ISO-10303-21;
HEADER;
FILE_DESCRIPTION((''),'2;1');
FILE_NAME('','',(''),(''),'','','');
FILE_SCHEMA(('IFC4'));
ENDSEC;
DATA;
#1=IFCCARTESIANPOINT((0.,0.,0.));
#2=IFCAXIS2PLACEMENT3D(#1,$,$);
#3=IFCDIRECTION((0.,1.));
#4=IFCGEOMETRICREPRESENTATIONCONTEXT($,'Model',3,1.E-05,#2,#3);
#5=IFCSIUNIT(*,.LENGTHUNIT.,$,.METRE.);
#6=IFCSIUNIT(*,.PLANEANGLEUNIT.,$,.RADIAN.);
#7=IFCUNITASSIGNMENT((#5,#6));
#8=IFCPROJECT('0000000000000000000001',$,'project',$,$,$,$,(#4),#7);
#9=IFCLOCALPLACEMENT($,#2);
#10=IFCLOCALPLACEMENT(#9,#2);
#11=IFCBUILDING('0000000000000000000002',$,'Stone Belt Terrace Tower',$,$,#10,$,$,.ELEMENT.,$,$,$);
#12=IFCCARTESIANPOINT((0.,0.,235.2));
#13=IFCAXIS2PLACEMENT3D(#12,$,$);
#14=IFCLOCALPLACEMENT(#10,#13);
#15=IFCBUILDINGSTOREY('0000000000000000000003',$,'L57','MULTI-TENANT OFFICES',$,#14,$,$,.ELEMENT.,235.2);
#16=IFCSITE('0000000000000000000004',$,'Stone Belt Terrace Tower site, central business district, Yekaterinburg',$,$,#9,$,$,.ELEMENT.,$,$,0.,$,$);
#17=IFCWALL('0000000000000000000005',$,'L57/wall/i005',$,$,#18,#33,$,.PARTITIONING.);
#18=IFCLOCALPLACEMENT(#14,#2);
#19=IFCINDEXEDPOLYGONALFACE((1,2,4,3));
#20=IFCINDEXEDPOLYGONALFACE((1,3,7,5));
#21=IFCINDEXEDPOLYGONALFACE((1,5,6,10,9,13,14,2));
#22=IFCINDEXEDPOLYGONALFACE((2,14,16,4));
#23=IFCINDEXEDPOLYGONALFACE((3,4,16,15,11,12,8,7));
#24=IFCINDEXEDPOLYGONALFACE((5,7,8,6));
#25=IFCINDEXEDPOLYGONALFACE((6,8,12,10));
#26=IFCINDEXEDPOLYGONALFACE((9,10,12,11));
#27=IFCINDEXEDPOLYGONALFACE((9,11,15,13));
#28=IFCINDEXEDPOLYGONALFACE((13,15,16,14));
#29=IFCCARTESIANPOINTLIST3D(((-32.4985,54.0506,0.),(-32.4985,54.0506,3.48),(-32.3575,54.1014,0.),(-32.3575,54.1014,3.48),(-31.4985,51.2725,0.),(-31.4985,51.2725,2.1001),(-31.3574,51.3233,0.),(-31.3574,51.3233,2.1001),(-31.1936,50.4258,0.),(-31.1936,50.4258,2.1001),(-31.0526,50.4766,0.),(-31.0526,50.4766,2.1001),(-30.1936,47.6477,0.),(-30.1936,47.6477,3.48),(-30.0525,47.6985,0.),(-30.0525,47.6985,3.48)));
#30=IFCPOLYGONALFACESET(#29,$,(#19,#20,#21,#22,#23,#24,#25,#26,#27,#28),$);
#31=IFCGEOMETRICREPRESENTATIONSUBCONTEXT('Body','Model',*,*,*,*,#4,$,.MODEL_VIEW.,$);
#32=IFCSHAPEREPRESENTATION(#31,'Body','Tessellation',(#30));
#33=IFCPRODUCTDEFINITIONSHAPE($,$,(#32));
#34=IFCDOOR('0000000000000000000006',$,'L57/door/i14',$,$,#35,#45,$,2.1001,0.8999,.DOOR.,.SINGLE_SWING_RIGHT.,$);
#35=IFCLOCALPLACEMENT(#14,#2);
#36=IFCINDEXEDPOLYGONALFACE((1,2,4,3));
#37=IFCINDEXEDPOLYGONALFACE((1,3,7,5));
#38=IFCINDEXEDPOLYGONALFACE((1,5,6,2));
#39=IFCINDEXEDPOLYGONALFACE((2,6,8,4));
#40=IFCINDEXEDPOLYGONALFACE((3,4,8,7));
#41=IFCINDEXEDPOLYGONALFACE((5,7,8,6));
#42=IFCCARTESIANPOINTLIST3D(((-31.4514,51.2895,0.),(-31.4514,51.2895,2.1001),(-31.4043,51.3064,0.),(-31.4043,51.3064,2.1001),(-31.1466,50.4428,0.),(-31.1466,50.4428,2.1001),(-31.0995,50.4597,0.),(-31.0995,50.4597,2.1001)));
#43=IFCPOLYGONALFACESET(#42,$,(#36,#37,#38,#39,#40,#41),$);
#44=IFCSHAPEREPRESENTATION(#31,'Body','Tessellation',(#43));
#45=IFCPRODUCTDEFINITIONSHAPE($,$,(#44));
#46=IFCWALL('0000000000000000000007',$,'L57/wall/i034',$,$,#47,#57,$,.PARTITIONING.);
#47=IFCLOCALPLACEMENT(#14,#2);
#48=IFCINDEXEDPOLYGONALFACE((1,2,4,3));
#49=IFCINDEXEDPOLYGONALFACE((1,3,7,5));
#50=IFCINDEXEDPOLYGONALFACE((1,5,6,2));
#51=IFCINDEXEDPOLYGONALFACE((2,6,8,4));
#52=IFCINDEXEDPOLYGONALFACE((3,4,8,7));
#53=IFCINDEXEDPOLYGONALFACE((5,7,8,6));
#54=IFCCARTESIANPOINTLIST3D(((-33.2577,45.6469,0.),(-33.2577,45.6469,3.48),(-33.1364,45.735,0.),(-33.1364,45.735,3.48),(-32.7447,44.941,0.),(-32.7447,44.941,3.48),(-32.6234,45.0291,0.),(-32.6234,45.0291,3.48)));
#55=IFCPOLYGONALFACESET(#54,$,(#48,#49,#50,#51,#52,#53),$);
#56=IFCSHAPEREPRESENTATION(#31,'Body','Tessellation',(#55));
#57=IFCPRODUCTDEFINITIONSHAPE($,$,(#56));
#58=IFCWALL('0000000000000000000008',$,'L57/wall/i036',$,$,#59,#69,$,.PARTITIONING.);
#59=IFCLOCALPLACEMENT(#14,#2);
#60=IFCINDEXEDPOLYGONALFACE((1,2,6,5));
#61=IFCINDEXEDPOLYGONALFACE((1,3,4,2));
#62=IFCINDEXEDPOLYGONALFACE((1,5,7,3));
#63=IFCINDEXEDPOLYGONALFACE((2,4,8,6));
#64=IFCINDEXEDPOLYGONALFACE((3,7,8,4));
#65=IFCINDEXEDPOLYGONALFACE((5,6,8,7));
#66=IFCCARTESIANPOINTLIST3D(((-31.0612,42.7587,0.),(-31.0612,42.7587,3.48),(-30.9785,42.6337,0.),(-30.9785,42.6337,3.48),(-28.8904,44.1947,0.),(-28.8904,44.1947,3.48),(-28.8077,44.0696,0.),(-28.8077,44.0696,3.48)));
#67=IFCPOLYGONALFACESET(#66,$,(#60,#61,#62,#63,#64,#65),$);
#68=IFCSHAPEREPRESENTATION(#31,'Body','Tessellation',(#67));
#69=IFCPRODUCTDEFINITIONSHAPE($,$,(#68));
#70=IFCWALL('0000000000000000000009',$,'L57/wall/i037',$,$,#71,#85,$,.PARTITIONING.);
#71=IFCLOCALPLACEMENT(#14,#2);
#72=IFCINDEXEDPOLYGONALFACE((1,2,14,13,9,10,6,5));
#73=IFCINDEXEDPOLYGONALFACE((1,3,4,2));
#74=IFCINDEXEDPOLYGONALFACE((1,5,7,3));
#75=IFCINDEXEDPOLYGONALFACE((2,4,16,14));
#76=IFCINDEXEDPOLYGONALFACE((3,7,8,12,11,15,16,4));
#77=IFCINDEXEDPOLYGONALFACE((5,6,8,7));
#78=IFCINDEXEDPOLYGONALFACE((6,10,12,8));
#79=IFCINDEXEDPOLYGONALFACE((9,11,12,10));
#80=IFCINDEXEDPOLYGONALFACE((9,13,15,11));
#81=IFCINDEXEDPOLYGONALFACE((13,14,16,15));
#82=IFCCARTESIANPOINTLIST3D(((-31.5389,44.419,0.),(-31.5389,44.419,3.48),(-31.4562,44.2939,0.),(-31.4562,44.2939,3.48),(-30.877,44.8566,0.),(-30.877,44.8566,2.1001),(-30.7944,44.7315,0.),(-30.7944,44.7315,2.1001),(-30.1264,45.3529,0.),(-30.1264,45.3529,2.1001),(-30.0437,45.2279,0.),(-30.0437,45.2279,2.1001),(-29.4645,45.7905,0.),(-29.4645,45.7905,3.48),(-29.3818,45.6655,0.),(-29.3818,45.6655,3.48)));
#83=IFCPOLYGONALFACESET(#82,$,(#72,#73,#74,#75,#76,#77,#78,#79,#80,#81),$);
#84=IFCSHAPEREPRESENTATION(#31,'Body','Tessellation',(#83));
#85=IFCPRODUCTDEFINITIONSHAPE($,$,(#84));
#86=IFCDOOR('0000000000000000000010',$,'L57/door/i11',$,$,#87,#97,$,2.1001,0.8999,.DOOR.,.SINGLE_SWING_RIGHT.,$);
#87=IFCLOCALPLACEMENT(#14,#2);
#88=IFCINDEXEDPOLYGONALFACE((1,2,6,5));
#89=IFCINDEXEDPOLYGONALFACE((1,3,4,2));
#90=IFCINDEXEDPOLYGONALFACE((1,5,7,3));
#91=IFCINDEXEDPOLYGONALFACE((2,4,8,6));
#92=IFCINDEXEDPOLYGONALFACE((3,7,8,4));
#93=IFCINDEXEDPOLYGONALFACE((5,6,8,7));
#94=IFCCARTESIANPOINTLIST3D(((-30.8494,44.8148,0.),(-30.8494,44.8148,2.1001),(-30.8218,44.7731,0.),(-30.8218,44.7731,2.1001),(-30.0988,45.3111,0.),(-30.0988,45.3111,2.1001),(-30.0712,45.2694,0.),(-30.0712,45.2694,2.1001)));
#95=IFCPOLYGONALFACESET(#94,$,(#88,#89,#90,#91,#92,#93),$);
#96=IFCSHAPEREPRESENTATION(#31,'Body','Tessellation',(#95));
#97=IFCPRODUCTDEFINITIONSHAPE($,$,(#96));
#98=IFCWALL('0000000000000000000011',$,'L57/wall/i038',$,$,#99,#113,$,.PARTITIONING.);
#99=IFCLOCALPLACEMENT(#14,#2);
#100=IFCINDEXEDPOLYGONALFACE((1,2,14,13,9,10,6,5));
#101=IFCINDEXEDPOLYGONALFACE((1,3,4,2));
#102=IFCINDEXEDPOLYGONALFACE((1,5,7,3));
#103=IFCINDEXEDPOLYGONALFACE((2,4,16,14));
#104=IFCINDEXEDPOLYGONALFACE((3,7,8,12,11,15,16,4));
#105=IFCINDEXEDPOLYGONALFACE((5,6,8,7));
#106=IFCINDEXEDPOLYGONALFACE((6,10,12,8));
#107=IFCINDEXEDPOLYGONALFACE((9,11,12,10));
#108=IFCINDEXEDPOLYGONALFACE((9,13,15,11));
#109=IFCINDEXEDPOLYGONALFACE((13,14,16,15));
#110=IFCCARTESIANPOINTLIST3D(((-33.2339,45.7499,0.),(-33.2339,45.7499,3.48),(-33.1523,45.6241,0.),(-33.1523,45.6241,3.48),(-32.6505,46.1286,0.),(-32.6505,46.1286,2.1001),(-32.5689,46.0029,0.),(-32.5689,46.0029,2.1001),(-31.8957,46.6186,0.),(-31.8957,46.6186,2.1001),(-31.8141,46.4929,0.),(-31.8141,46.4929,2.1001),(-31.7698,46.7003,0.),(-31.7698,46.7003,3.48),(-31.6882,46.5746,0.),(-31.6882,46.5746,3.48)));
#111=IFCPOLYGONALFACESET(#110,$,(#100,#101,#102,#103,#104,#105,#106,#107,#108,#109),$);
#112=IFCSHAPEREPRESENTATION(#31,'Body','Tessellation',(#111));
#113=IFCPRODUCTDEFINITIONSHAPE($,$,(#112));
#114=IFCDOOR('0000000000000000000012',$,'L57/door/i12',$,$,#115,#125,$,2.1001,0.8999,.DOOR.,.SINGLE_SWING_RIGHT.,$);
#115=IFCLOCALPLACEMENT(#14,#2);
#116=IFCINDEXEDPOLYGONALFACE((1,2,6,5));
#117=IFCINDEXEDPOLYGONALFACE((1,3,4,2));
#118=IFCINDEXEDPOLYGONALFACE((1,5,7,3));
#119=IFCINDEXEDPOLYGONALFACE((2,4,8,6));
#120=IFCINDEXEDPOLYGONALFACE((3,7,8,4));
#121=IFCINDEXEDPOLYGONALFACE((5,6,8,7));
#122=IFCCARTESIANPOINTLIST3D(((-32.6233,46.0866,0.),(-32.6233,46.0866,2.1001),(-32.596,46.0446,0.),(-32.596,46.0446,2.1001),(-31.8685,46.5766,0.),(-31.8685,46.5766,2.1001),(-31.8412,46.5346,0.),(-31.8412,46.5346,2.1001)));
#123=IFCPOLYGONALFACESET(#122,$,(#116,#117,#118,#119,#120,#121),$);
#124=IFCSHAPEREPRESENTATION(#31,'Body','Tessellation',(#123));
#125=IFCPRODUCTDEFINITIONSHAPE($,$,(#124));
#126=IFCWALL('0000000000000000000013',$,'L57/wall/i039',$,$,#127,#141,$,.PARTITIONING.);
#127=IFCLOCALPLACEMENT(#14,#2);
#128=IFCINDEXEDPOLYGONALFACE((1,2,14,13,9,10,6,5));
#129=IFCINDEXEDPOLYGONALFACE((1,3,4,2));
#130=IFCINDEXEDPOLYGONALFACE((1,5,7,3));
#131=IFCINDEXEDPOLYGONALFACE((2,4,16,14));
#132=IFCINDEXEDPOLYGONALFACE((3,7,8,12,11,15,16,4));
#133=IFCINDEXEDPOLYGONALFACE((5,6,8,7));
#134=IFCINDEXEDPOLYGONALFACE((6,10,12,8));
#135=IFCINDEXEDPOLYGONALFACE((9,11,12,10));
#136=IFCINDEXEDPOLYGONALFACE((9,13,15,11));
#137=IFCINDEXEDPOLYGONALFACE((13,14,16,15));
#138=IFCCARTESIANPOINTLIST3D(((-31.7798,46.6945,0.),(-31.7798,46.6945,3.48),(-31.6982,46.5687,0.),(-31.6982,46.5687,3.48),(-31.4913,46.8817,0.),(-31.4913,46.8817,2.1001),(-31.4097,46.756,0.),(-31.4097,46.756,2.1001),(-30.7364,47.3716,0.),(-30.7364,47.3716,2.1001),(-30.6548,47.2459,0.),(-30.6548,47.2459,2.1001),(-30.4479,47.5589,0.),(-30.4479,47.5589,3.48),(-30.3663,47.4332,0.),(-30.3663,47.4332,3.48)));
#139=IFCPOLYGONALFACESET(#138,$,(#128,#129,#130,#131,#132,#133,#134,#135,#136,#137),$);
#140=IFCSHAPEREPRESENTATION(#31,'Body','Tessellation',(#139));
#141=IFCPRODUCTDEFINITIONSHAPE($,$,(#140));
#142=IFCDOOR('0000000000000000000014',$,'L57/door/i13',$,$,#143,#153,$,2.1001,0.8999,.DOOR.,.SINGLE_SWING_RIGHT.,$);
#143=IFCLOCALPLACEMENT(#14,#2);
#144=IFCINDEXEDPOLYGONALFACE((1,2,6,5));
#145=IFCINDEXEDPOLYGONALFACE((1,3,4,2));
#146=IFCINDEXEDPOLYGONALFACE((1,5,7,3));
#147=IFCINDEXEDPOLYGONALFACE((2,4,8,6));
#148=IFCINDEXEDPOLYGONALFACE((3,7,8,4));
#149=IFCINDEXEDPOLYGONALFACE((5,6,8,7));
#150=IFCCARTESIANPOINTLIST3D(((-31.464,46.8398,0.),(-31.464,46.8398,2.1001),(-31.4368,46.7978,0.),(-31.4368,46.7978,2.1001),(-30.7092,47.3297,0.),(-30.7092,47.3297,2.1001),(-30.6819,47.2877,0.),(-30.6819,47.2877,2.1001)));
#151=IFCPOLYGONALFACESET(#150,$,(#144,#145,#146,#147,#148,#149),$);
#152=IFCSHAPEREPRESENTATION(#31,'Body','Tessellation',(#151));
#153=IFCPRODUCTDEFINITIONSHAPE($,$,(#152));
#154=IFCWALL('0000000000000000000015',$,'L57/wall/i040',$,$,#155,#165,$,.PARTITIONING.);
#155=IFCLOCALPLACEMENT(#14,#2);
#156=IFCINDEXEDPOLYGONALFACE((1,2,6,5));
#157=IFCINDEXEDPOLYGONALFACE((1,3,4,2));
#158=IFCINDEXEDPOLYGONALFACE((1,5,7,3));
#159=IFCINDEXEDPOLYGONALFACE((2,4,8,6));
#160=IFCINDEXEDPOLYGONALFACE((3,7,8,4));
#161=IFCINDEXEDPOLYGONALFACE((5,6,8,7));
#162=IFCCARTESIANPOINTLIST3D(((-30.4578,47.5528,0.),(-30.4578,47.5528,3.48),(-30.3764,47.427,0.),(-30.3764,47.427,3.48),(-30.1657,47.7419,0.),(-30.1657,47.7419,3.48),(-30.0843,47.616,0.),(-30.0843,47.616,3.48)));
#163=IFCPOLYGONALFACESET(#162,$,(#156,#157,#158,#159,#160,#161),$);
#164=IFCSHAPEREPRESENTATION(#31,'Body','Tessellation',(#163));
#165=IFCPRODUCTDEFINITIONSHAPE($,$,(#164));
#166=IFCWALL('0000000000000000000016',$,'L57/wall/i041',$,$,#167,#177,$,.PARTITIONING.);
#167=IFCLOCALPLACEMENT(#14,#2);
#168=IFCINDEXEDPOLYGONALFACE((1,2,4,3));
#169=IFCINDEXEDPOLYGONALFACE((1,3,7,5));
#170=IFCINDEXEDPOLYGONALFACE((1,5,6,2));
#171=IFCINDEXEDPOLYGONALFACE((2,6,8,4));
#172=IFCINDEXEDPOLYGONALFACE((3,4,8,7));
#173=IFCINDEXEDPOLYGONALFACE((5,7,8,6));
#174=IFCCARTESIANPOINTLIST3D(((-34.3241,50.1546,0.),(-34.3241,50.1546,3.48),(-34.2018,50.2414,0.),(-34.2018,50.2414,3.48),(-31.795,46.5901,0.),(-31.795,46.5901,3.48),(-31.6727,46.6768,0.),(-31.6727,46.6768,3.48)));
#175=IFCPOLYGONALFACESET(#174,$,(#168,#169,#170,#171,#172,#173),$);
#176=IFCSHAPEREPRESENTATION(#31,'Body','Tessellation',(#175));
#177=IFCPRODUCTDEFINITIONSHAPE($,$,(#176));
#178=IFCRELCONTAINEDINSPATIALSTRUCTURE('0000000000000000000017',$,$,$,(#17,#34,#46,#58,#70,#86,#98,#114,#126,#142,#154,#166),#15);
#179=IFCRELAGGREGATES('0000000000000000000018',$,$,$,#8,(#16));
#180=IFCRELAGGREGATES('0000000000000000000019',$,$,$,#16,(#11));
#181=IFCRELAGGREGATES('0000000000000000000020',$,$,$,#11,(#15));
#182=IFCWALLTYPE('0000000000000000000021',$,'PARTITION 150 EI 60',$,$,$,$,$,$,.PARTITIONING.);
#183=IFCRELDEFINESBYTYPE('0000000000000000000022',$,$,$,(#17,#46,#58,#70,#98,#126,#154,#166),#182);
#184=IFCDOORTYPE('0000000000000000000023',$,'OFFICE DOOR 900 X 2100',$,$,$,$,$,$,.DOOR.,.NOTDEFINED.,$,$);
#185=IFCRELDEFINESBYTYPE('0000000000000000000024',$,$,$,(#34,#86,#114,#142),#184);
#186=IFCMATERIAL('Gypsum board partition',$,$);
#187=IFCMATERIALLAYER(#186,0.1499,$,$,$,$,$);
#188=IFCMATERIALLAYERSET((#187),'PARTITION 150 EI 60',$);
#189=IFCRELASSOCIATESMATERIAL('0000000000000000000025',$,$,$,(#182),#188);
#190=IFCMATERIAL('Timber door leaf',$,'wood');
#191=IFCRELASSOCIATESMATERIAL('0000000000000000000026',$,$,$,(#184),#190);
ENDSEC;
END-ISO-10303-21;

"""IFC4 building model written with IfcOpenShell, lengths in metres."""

from ifc_helpers import new_model, si_unit, direction, frame, frame_2d, origin, place, context, subcontext, project, spatial, rectangle, extrude, material, layer, layer_set, type_object, element, fill, save


model = new_model("IFC4")

# Units and contexts
model_context = context("Model", 3, precision=1e-05, world=origin(), true_north=direction((0.0, 1.0)))
body_context = subcontext(model_context, "Body", "Model", "MODEL_VIEW")
ifc_project = project(units=[si_unit("LENGTHUNIT", "METRE"), si_unit("PLANEANGLEUNIT", "RADIAN")], contexts=[model_context])

# Site, building, storey
site_placement = place(None, origin())
site = spatial("IfcSite", under=ifc_project, at=site_placement, Name="Stone Belt Terrace Tower site, central business district, Yekaterinburg", CompositionType="ELEMENT", RefElevation=0.0)
building_placement = place(site_placement, origin())
building = spatial("IfcBuilding", under=site, at=building_placement, Name="Stone Belt Terrace Tower", CompositionType="ELEMENT")
storey_placement = place(building_placement, frame((0.0, 0.0, 235.2)))
storey = spatial("IfcBuildingStorey", under=building, at=storey_placement, Name="L57", Description="MULTI-TENANT OFFICES", CompositionType="ELEMENT", Elevation=235.2)

# Shared definitions
ifc_material_1 = material(Name="Gypsum board partition")
ifc_layer_1 = layer(ifc_material_1, 0.1499)
ifc_layer_set_1 = layer_set([ifc_layer_1], Name="PARTITION 150 EI 60")
wall_type_1 = type_object("IfcWallType", Name="PARTITION 150 EI 60", PredefinedType="PARTITIONING", material=ifc_layer_set_1)

# Wall, opening, door
wall_1_placement = place(storey_placement, frame((-30.123, 47.6731, 0.0), z_axis=(0.0, 0.0, 1.0), x_axis=(-0.338708, 0.940892, 0.0)))
wall_1 = element("IfcWall", 1, at=wall_1_placement, inside=storey, type_object=wall_type_1, Name="L57/wall/i005", PredefinedType="PARTITIONING", context=body_context, shape_type="SweptSolid", body=[
    extrude(rectangle(XDim=6.8052, YDim=0.1499, at=frame_2d((3.4026, 0.0))), origin(), (0.0, 0.0, 1.0), 3.48),
])
opening_1_placement = place(wall_1_placement, frame((2.9526, 0.0, 0.0)))
opening_1 = element("IfcOpeningElement", 2, at=opening_1_placement, cuts=wall_1, PredefinedType="OPENING", context=body_context, shape_type="SweptSolid", body=[
    extrude(rectangle(XDim=0.8999, YDim=2.1001, at=frame_2d((0.45, 1.05))), frame((0.0, 0.085, 0.0), z_axis=(0.0, -1.0, 0.0), x_axis=(1.0, 0.0, 0.0)), (0.0, 0.0, 1.0), 0.1699),
])
ifc_material_2 = material(Name="Timber door leaf", Category="wood")
door_type = type_object("IfcDoorType", Name="OFFICE DOOR 900 X 2100", OperationType="NOTDEFINED", PredefinedType="DOOR", material=ifc_material_2)
door_1_placement = place(opening_1_placement, origin())
door_1 = element("IfcDoor", 3, at=door_1_placement, inside=storey, type_object=door_type, Name="L57/door/i14", OperationType="SINGLE_SWING_RIGHT", OverallHeight=2.1001, OverallWidth=0.8999, PredefinedType="DOOR", context=body_context, shape_type="SweptSolid", body=[
    extrude(rectangle(XDim=0.8999, YDim=2.1001, at=frame_2d((0.45, 1.05))), frame((0.0, 0.0249, 0.0), z_axis=(0.0, -1.0, 0.0), x_axis=(1.0, 0.0, 0.0)), (0.0, 0.0, 1.0), 0.05),
])
fill(opening_1, door_1)

# Walls
wall_2_placement = place(storey_placement, frame((-33.197, 45.6909, 0.0), z_axis=(0.0, 0.0, 1.0), x_axis=(0.587889, -0.808942, 0.0)))
element("IfcWall", 4, at=wall_2_placement, inside=storey, type_object=wall_type_1, Name="L57/wall/i034", PredefinedType="PARTITIONING", context=body_context, shape_type="SweptSolid", body=[
    extrude(rectangle(XDim=0.8726, YDim=0.1499, at=frame_2d((0.4363, 0.0))), origin(), (0.0, 0.0, 1.0), 3.48),
])
wall_3_placement = place(storey_placement, frame((-28.8491, 44.1321, 0.0), z_axis=(0.0, 0.0, 1.0), x_axis=(-0.834036, -0.55171, 0.0)))
element("IfcWall", 5, at=wall_3_placement, inside=storey, type_object=wall_type_1, Name="L57/wall/i036", PredefinedType="PARTITIONING", context=body_context, shape_type="SweptSolid", body=[
    extrude(rectangle(XDim=2.6028, YDim=0.1499, at=frame_2d((1.3013, 0.0))), origin(), (0.0, 0.0, 1.0), 3.48),
])

# Walls, openings, doors
wall_4_placement = place(storey_placement, frame((-31.4976, 44.3564, 0.0), z_axis=(0.0, 0.0, 1.0), x_axis=(0.834159, 0.551524, 0.0)))
wall_4 = element("IfcWall", 6, at=wall_4_placement, inside=storey, type_object=wall_type_1, Name="L57/wall/i037", PredefinedType="PARTITIONING", context=body_context, shape_type="SweptSolid", body=[
    extrude(rectangle(XDim=2.4868, YDim=0.1499, at=frame_2d((1.2434, 0.0))), origin(), (0.0, 0.0, 1.0), 3.48),
])
opening_2_placement = place(wall_4_placement, frame((0.7935, 0.0, 0.0)))
opening_2 = element("IfcOpeningElement", 7, at=opening_2_placement, cuts=wall_4, PredefinedType="OPENING", context=body_context, shape_type="SweptSolid", body=[
    extrude(rectangle(XDim=0.8999, YDim=2.1001, at=frame_2d((0.45, 1.05))), frame((0.0, 0.085, 0.0), z_axis=(0.0, -1.0, 0.0), x_axis=(1.0, 0.0, 0.0)), (0.0, 0.0, 1.0), 0.1699),
])
door_2_placement = place(opening_2_placement, origin())
door_2 = element("IfcDoor", 8, at=door_2_placement, inside=storey, type_object=door_type, Name="L57/door/i11", OperationType="SINGLE_SWING_RIGHT", OverallHeight=2.1001, OverallWidth=0.8999, PredefinedType="DOOR", context=body_context, shape_type="SweptSolid", body=[
    extrude(rectangle(XDim=0.8999, YDim=2.1001, at=frame_2d((0.45, 1.05))), frame((0.0, 0.0249, 0.0), z_axis=(0.0, -1.0, 0.0), x_axis=(1.0, 0.0, 0.0)), (0.0, 0.0, 1.0), 0.05),
])
fill(opening_2, door_2)
wall_5_placement = place(storey_placement, frame((-33.1931, 45.687, 0.0), z_axis=(0.0, 0.0, 1.0), x_axis=(0.838766, 0.544492, 0.0)))
wall_5 = element("IfcWall", 9, at=wall_5_placement, inside=storey, type_object=wall_type_1, Name="L57/wall/i038", PredefinedType="PARTITIONING", context=body_context, shape_type="SweptSolid", body=[
    extrude(rectangle(XDim=1.7456, YDim=0.1499, at=frame_2d((0.8728, 0.0))), origin(), (0.0, 0.0, 1.0), 3.48),
])
opening_3_placement = place(wall_5_placement, frame((0.6956, 0.0, 0.0)))
opening_3 = element("IfcOpeningElement", 10, at=opening_3_placement, cuts=wall_5, PredefinedType="OPENING", context=body_context, shape_type="SweptSolid", body=[
    extrude(rectangle(XDim=0.8999, YDim=2.1001, at=frame_2d((0.45, 1.05))), frame((0.0, 0.085, 0.0), z_axis=(0.0, -1.0, 0.0), x_axis=(1.0, 0.0, 0.0)), (0.0, 0.0, 1.0), 0.1699),
])
door_3_placement = place(opening_3_placement, origin())
door_3 = element("IfcDoor", 11, at=door_3_placement, inside=storey, type_object=door_type, Name="L57/door/i12", OperationType="SINGLE_SWING_RIGHT", OverallHeight=2.1001, OverallWidth=0.8999, PredefinedType="DOOR", context=body_context, shape_type="SweptSolid", body=[
    extrude(rectangle(XDim=0.8999, YDim=2.1001, at=frame_2d((0.45, 1.05))), frame((0.0, 0.0249, 0.0), z_axis=(0.0, -1.0, 0.0), x_axis=(1.0, 0.0, 0.0)), (0.0, 0.0, 1.0), 0.05),
])
fill(opening_3, door_3)
wall_6_placement = place(storey_placement, frame((-31.739, 46.6316, 0.0), z_axis=(0.0, 0.0, 1.0), x_axis=(0.838823, 0.544405, 0.0)))
wall_6 = element("IfcWall", 12, at=wall_6_placement, inside=storey, type_object=wall_type_1, Name="L57/wall/i039", PredefinedType="PARTITIONING", context=body_context, shape_type="SweptSolid", body=[
    extrude(rectangle(XDim=1.5879, YDim=0.1499, at=frame_2d((0.7939, 0.0))), origin(), (0.0, 0.0, 1.0), 3.48),
])
opening_4_placement = place(wall_6_placement, frame((0.344, 0.0, 0.0)))
opening_4 = element("IfcOpeningElement", 13, at=opening_4_placement, cuts=wall_6, PredefinedType="OPENING", context=body_context, shape_type="SweptSolid", body=[
    extrude(rectangle(XDim=0.8999, YDim=2.1001, at=frame_2d((0.45, 1.05))), frame((0.0, 0.085, 0.0), z_axis=(0.0, -1.0, 0.0), x_axis=(1.0, 0.0, 0.0)), (0.0, 0.0, 1.0), 0.1699),
])
door_4_placement = place(opening_4_placement, origin())
door_4 = element("IfcDoor", 14, at=door_4_placement, inside=storey, type_object=door_type, Name="L57/door/i13", OperationType="SINGLE_SWING_RIGHT", OverallHeight=2.1001, OverallWidth=0.8999, PredefinedType="DOOR", context=body_context, shape_type="SweptSolid", body=[
    extrude(rectangle(XDim=0.8999, YDim=2.1001, at=frame_2d((0.45, 1.05))), frame((0.0, 0.0249, 0.0), z_axis=(0.0, -1.0, 0.0), x_axis=(1.0, 0.0, 0.0)), (0.0, 0.0, 1.0), 0.05),
])
fill(opening_4, door_4)

# Walls
wall_7_placement = place(storey_placement, frame((-30.417, 47.49, 0.0), z_axis=(0.0, 0.0, 1.0), x_axis=(0.839532, 0.543309, 0.0)))
element("IfcWall", 15, at=wall_7_placement, inside=storey, type_object=wall_type_1, Name="L57/wall/i040", PredefinedType="PARTITIONING", context=body_context, shape_type="SweptSolid", body=[
    extrude(rectangle(XDim=0.3479, YDim=0.1499, at=frame_2d((0.1738, 0.0))), origin(), (0.0, 0.0, 1.0), 3.48),
])
wall_8_placement = place(storey_placement, frame((-34.2629, 50.198, 0.0), z_axis=(0.0, 0.0, 1.0), x_axis=(0.578662, -0.815568, 0.0)))
element("IfcWall", 16, at=wall_8_placement, inside=storey, type_object=wall_type_1, Name="L57/wall/i041", PredefinedType="PARTITIONING", context=body_context, shape_type="SweptSolid", body=[
    extrude(rectangle(XDim=4.3706, YDim=0.1499, at=frame_2d((2.1853, 0.0))), origin(), (0.0, 0.0, 1.0), 3.48),
])

save(model, "model.ifc")
